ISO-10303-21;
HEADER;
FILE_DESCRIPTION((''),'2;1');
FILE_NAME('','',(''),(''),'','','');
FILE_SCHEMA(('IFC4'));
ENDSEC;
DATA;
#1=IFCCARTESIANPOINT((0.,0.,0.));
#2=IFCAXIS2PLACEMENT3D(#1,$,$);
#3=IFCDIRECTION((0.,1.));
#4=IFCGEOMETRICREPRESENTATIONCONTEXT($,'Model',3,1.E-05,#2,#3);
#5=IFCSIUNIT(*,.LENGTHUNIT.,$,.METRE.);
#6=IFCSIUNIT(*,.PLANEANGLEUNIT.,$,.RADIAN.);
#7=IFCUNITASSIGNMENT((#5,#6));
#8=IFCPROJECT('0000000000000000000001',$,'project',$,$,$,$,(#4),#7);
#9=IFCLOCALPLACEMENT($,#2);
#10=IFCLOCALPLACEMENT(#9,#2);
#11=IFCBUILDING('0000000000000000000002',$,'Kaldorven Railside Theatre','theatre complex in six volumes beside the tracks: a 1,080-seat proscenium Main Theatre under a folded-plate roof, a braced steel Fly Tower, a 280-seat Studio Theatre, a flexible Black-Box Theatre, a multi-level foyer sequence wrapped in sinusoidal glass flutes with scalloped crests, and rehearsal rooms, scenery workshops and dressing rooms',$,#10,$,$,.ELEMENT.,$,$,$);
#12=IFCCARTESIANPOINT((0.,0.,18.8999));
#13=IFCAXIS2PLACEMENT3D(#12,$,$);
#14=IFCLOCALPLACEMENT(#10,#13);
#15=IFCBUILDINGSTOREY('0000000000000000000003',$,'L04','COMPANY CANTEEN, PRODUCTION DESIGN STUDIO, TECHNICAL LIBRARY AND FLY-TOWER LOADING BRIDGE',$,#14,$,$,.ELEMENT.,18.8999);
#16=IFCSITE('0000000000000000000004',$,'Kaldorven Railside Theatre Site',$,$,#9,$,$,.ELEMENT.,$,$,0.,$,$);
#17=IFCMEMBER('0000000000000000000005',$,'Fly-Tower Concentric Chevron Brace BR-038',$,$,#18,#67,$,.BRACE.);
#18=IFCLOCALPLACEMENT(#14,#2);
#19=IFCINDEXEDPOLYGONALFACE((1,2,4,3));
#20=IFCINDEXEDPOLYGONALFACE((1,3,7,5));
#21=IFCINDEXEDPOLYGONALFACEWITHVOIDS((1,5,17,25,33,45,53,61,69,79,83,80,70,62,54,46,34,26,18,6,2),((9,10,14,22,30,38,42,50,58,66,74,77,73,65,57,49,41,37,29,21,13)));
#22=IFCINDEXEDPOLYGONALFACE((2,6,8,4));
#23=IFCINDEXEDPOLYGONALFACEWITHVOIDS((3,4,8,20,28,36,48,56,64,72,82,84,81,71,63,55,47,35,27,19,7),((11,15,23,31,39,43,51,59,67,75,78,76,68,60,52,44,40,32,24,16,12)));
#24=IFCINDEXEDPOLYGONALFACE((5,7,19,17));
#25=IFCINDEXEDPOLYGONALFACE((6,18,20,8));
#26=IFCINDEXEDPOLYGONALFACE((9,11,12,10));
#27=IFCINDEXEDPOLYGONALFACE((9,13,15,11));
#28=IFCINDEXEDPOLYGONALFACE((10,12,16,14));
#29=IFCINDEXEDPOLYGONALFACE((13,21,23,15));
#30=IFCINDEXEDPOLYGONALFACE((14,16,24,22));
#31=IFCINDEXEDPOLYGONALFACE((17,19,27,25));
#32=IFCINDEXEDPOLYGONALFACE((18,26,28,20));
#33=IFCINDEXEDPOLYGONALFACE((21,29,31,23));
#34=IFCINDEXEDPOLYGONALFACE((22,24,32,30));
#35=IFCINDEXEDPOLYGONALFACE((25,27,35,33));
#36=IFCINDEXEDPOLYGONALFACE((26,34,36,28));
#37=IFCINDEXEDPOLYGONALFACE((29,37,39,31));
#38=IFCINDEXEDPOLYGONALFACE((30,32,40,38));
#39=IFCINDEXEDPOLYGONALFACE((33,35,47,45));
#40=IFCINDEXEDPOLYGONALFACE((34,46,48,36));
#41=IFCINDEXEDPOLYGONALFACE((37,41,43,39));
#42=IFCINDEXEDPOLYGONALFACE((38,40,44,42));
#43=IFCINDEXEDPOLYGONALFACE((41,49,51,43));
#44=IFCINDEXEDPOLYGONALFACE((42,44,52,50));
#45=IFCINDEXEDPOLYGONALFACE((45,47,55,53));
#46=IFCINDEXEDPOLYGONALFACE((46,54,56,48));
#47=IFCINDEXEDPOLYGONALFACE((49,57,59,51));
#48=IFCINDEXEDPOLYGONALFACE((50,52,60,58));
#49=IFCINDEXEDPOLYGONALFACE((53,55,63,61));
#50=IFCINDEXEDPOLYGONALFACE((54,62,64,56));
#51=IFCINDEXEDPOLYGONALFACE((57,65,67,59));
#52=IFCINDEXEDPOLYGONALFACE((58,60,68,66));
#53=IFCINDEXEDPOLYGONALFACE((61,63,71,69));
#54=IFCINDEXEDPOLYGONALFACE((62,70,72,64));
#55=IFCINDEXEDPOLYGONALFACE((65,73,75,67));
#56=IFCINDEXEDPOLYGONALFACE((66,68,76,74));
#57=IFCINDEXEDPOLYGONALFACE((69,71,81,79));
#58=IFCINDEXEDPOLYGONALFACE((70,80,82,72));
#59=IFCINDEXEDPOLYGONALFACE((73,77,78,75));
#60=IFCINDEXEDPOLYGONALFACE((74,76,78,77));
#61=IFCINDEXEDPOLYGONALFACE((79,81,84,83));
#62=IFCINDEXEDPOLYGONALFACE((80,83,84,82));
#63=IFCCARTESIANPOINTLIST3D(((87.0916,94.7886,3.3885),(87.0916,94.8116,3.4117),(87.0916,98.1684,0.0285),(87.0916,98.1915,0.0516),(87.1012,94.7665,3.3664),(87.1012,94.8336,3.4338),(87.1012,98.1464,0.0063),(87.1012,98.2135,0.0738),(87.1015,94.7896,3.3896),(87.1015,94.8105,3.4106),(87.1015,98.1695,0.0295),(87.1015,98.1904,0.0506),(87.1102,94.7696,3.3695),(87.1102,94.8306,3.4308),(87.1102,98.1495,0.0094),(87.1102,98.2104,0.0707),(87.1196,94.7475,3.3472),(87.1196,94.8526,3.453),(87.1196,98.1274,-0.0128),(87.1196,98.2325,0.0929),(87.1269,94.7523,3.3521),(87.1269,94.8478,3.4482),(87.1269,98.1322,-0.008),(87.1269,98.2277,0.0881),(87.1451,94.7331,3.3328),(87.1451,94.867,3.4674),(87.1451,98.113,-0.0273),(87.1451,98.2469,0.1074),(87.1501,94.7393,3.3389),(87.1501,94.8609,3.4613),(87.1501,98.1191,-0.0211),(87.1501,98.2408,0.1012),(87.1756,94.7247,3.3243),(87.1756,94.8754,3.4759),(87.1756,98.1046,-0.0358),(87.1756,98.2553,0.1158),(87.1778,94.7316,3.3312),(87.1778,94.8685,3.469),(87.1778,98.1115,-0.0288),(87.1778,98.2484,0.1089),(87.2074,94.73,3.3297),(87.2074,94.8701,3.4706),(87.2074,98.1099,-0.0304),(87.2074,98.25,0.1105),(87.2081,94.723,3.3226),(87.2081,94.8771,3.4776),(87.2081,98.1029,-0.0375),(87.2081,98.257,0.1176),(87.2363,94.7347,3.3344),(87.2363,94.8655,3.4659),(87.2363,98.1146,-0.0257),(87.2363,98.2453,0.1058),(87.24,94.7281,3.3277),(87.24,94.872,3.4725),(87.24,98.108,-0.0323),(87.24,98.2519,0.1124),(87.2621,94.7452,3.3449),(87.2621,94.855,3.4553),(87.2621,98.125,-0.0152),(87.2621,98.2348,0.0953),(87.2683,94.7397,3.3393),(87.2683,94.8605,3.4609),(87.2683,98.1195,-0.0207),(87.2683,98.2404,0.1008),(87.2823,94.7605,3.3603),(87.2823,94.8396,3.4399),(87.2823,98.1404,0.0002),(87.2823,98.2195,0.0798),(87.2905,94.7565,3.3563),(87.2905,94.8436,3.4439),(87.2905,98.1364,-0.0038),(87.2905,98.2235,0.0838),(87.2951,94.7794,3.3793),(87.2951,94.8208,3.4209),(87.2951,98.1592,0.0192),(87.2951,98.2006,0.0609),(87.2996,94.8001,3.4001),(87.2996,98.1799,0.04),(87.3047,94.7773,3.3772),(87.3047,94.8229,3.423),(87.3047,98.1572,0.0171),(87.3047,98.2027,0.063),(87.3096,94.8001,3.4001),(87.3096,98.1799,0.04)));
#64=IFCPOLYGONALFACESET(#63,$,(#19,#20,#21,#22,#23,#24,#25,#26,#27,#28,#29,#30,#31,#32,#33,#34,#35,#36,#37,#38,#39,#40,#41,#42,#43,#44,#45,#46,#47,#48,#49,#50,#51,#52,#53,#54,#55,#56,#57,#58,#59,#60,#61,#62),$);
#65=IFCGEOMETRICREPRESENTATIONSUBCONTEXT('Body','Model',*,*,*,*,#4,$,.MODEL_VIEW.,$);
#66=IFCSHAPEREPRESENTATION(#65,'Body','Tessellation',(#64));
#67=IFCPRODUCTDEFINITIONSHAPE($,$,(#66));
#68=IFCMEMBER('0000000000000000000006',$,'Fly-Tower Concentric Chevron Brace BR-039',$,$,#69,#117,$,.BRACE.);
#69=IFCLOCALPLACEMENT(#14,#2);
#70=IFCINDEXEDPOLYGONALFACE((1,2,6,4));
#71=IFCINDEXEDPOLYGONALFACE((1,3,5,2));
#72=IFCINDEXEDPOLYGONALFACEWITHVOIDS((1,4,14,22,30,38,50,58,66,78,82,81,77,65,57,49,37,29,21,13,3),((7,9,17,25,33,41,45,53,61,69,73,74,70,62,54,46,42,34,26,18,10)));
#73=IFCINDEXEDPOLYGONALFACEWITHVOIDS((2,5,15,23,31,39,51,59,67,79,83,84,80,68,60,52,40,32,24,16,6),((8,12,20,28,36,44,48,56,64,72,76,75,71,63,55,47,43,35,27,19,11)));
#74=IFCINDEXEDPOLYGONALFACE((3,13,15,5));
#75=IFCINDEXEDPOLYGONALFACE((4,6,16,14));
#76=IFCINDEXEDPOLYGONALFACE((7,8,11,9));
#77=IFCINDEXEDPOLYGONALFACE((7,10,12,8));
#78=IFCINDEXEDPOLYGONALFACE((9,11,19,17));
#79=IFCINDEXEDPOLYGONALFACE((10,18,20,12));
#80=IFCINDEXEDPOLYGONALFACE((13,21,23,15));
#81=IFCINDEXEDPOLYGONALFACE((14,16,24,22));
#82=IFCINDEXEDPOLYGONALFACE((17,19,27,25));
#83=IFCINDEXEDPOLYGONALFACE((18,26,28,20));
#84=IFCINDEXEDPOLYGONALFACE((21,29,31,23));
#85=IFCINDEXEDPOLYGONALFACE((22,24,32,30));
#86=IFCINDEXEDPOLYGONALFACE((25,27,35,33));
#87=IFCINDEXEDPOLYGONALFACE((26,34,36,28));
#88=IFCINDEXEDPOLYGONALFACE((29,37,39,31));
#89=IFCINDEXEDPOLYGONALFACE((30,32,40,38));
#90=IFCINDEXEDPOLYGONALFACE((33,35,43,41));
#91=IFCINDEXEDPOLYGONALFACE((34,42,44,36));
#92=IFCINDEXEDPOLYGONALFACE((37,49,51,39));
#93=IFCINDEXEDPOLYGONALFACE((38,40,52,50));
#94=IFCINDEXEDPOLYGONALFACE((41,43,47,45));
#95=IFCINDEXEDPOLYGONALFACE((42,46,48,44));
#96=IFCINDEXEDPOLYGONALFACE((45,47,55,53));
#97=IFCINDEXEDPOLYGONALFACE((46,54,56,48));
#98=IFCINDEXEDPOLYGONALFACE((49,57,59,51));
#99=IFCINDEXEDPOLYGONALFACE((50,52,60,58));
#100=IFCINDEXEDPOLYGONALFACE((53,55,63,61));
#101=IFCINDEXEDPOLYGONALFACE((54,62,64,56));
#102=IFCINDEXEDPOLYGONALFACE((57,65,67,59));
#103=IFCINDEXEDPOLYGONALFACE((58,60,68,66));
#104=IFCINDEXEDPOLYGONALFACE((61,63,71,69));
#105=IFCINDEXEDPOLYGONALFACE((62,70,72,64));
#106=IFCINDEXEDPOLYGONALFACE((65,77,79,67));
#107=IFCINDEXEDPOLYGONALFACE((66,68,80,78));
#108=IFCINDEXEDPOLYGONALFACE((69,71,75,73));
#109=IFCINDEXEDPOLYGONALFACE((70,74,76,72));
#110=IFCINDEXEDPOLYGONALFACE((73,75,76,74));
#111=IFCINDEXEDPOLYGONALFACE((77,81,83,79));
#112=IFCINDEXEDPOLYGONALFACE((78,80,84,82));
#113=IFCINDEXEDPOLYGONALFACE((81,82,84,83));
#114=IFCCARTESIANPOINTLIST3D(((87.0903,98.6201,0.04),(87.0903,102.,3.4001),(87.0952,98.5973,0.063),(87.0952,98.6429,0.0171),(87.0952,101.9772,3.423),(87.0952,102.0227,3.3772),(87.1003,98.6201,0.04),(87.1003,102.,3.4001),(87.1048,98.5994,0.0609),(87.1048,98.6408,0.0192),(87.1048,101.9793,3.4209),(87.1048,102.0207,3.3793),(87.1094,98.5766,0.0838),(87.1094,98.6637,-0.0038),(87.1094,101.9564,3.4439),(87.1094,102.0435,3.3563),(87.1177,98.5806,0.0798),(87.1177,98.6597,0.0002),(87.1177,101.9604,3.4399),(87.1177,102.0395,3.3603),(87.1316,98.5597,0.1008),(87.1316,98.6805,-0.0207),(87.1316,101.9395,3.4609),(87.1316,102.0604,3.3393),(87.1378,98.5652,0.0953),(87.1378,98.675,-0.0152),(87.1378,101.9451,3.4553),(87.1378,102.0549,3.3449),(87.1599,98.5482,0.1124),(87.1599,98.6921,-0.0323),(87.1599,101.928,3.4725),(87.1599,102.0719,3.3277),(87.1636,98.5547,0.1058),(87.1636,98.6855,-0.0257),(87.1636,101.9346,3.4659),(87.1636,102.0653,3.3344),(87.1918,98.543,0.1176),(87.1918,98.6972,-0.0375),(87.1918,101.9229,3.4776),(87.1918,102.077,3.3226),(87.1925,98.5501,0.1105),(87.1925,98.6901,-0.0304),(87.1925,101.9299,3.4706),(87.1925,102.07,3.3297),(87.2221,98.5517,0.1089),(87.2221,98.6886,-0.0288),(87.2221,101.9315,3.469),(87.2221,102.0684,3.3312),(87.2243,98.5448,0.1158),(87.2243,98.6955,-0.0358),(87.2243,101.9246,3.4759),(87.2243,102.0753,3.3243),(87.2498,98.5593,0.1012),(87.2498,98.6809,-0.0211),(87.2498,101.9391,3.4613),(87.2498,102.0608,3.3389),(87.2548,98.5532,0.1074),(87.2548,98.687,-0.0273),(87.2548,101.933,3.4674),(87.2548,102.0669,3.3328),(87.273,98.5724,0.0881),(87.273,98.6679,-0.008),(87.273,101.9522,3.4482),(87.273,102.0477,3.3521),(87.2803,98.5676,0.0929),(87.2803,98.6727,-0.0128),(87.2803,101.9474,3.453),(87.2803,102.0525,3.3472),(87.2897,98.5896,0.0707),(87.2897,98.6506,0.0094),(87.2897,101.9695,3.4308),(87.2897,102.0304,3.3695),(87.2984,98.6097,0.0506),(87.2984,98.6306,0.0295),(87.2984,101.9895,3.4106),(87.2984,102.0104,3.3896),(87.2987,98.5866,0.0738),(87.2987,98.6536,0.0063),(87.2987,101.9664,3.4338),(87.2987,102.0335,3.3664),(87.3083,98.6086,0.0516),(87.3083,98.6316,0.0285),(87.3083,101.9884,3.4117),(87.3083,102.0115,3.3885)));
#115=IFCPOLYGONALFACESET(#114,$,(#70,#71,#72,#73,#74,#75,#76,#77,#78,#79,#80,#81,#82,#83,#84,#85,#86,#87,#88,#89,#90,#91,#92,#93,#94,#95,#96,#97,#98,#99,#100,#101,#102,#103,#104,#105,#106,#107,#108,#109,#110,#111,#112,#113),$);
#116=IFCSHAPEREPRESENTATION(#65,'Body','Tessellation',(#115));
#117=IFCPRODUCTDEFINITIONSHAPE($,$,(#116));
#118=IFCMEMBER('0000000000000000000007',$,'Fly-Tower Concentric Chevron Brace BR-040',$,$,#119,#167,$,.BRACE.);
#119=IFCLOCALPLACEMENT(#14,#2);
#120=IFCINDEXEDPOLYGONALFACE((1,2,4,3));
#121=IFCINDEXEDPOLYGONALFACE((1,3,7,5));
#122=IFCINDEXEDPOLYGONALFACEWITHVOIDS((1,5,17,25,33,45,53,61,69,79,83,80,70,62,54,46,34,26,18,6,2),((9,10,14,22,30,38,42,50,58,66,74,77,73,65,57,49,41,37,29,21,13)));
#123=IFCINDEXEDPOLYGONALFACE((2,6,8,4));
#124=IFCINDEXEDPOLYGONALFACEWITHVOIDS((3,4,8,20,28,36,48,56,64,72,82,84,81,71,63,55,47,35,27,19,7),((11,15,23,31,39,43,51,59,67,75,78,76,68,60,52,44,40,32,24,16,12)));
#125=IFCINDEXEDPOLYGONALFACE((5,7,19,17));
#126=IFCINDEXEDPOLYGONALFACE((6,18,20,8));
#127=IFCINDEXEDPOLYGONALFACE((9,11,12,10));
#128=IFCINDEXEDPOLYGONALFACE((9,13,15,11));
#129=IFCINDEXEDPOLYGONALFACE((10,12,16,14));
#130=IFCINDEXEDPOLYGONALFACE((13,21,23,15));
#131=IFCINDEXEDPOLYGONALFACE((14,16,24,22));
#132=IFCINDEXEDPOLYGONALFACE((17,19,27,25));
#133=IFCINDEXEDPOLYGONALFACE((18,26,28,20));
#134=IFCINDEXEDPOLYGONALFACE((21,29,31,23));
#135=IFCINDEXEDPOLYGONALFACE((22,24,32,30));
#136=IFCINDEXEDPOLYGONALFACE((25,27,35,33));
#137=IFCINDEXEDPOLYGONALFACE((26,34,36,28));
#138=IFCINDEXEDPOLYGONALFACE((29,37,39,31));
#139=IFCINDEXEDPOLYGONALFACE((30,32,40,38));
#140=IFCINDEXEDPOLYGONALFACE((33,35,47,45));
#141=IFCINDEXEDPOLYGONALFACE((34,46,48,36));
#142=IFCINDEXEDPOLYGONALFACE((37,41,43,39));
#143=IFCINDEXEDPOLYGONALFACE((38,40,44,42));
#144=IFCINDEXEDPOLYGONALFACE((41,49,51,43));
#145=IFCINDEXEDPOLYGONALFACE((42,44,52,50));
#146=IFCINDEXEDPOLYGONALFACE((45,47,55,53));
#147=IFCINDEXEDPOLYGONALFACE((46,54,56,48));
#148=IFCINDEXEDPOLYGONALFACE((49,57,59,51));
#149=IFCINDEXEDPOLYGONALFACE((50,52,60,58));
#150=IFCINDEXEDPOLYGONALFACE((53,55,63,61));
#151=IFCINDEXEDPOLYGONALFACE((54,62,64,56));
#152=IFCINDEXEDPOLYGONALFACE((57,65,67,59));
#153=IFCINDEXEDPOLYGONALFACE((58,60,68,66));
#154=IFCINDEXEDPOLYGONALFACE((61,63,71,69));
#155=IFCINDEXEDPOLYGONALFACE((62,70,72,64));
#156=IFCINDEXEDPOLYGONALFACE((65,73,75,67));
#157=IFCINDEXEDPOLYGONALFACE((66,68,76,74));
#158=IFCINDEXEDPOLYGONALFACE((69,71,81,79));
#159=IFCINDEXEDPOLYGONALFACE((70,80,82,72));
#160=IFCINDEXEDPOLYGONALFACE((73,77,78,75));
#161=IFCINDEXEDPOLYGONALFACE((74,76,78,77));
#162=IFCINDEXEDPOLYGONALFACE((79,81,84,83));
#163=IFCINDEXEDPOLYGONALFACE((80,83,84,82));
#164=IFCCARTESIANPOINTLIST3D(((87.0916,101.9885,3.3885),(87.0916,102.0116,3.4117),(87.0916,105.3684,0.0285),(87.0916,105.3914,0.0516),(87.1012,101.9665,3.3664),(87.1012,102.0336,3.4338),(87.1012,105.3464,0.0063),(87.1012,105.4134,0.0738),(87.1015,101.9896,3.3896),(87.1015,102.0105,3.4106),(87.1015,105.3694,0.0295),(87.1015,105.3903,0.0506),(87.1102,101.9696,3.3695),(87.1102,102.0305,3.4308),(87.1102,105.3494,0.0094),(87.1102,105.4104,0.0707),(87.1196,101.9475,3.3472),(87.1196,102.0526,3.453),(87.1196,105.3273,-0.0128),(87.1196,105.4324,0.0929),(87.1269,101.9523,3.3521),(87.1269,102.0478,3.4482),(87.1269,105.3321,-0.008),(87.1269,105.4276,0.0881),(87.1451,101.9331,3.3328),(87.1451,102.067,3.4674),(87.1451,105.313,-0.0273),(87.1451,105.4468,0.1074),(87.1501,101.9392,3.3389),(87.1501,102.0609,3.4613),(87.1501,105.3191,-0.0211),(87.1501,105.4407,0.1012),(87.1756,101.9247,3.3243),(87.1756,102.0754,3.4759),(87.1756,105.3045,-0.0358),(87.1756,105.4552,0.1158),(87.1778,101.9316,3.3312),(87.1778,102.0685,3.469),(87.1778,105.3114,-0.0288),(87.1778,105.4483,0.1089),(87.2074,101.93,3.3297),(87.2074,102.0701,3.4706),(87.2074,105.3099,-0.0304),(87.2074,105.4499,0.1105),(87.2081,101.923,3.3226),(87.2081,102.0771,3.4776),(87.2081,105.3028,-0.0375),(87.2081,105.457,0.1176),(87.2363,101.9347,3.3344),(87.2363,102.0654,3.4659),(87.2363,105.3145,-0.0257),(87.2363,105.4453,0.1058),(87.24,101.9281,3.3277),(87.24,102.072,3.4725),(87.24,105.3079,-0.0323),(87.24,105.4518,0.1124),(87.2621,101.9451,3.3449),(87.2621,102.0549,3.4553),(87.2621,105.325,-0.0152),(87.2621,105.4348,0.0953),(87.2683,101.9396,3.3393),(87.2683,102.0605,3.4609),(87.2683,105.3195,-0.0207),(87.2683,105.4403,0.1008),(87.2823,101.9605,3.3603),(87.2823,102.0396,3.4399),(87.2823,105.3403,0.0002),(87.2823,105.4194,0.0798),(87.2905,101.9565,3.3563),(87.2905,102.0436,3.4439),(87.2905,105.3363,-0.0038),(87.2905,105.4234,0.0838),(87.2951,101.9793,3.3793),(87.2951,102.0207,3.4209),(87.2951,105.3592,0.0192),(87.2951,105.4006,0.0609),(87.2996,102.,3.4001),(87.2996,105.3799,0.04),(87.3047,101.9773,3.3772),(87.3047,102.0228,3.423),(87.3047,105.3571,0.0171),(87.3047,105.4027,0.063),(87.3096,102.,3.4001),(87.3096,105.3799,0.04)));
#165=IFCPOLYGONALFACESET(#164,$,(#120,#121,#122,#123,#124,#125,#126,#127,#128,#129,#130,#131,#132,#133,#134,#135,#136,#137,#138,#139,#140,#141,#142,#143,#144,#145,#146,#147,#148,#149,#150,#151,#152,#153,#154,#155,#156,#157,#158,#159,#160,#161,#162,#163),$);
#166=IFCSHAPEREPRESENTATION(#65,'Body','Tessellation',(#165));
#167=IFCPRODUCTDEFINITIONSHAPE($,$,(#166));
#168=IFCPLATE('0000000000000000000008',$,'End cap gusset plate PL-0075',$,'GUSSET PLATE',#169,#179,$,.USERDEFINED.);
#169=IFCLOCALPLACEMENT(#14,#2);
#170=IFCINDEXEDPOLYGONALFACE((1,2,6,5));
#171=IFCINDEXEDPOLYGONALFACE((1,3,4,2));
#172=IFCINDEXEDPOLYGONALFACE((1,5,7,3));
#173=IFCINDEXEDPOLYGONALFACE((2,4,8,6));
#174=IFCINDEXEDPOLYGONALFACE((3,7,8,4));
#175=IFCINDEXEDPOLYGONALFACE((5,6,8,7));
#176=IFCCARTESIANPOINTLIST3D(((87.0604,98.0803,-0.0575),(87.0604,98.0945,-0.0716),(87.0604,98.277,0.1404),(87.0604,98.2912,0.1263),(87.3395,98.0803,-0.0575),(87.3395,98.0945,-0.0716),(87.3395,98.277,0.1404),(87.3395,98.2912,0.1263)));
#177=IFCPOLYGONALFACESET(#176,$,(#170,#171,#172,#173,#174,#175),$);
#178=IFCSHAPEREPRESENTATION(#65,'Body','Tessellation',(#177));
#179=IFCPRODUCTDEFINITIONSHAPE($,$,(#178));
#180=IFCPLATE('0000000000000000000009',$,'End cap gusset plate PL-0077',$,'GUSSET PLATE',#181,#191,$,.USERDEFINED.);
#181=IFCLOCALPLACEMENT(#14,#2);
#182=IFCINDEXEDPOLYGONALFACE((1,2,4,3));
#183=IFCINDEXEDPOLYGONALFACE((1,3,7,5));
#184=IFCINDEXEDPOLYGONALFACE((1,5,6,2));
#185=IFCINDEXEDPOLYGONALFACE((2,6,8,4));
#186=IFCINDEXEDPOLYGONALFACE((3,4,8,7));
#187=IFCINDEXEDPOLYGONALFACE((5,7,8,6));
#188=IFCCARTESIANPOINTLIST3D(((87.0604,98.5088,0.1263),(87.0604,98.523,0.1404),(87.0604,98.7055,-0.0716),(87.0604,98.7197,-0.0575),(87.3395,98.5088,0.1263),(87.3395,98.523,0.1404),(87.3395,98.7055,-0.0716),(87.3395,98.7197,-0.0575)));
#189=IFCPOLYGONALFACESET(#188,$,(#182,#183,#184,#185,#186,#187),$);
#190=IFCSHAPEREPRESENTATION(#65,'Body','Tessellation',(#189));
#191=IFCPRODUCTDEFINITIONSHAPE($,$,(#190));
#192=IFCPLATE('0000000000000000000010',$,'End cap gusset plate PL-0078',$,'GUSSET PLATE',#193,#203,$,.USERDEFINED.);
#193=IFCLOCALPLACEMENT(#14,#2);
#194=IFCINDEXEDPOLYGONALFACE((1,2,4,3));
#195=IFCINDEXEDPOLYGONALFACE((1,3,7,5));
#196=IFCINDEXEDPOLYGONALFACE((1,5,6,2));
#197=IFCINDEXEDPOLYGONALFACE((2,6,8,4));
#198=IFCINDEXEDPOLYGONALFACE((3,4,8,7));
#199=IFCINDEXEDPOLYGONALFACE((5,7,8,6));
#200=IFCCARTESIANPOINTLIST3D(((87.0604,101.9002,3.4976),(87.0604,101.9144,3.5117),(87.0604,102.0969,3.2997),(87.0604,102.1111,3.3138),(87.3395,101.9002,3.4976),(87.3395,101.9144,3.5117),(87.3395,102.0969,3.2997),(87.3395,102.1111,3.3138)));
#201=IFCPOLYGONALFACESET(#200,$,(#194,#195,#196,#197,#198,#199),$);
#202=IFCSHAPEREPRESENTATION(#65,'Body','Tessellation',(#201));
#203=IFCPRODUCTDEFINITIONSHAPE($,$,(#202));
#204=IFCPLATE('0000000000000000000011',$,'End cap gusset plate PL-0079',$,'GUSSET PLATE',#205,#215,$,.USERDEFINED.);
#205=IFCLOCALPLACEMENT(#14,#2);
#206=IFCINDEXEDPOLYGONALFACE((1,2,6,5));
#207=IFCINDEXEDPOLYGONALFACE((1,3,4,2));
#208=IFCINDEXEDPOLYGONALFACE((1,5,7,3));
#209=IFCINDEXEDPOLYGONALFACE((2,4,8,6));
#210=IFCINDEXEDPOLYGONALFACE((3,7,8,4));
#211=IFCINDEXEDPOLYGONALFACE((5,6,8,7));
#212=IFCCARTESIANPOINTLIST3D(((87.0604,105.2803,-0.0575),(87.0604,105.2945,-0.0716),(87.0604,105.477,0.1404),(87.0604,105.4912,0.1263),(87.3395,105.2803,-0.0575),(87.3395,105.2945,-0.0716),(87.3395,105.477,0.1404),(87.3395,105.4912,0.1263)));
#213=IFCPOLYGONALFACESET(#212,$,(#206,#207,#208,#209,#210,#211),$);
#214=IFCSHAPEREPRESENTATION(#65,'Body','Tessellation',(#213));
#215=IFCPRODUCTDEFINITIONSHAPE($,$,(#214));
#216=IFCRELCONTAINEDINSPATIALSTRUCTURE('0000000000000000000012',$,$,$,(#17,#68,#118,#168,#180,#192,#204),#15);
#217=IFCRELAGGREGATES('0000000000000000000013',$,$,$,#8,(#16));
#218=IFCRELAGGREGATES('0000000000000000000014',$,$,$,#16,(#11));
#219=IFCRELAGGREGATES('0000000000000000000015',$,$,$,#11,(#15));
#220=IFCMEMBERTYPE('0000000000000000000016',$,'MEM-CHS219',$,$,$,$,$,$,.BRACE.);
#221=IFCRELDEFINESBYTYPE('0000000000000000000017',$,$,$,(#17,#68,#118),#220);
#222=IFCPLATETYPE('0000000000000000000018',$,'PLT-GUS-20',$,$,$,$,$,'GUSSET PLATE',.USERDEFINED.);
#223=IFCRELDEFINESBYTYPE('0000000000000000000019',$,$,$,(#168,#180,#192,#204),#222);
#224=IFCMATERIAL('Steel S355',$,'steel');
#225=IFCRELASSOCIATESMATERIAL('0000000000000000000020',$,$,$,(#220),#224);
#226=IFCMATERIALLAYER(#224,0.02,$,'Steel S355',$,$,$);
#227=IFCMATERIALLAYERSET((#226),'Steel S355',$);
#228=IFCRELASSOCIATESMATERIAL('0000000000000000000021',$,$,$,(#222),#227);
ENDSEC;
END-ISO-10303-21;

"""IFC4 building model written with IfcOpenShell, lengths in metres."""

from ifc_helpers import new_model, si_unit, direction, frame, origin, origin_2d, place, context, subcontext, project, spatial, rectangle, hollow_circle, extrude, material, layer, layer_set, material_profile, profile_set, type_object, element, save


model = new_model("IFC4")

# Units and contexts
model_context = context("Model", 3, precision=1e-05, world=origin(), true_north=direction((0.0, 1.0)))
body_context = subcontext(model_context, "Body", "Model", "MODEL_VIEW")
ifc_project = project(units=[si_unit("LENGTHUNIT", "METRE"), si_unit("PLANEANGLEUNIT", "RADIAN")], contexts=[model_context])

# Site, building, storey
site_placement = place(None, origin())
site = spatial("IfcSite", under=ifc_project, at=site_placement, Name="Kaldorven Railside Theatre Site", CompositionType="ELEMENT", RefElevation=0.0)
building_placement = place(site_placement, origin())
building = spatial("IfcBuilding", under=site, at=building_placement, Name="Kaldorven Railside Theatre", Description="theatre complex in six volumes beside the tracks: a 1,080-seat proscenium Main Theatre under a folded-plate roof, a braced steel Fly Tower, a 280-seat Studio Theatre, a flexible Black-Box Theatre, a multi-level foyer sequence wrapped in sinusoidal glass flutes with scalloped crests, and rehearsal rooms, scenery workshops and dressing rooms", CompositionType="ELEMENT")
storey_placement = place(building_placement, frame((0.0, 0.0, 18.8999)))
storey = spatial("IfcBuildingStorey", under=building, at=storey_placement, Name="L04", Description="COMPANY CANTEEN, PRODUCTION DESIGN STUDIO, TECHNICAL LIBRARY AND FLY-TOWER LOADING BRIDGE", CompositionType="ELEMENT", Elevation=18.8999)

# Shared definitions
ifc_material_1 = material(Name="Steel S355", Category="steel")

# Members
ifc_material_profile_1 = material_profile(ifc_material_1, hollow_circle(Radius=0.1096, WallThickness=0.01, at=origin_2d()), Name="CHS 219.1x10")
ifc_profile_set_1 = profile_set([ifc_material_profile_1], Name="Steel S355")
member_type = type_object("IfcMemberType", Name="MEM-CHS219", PredefinedType="BRACE", material=ifc_profile_set_1)
for number, where, z_axis, x_axis, name in (
    (1, (87.2, 98.1799, 0.04), (0.0, -0.709178, 0.705029), (1.0, 0.0, 0.0), "Fly-Tower Concentric Chevron Brace BR-038"),
    (2, (87.2, 98.6201, 0.04), (0.0, 0.709178, 0.705029), (-1.0, 0.0, 0.0), "Fly-Tower Concentric Chevron Brace BR-039"),
    (3, (87.2, 105.3799, 0.04), (0.0, -0.709178, 0.705029), (1.0, 0.0, 0.0), "Fly-Tower Concentric Chevron Brace BR-040"),
):
    element("IfcMember", number, at=place(storey_placement, frame(where, z_axis=z_axis, x_axis=x_axis)), inside=storey, type_object=member_type, Name=name, PredefinedType="BRACE", context=body_context, shape_type="SweptSolid", body=[
        extrude(hollow_circle(Radius=0.1096, WallThickness=0.01, at=origin_2d()), origin(), (0.0, 0.0, 1.0), 4.7659),
    ])

# Plates
ifc_layer_1 = layer(ifc_material_1, 0.02, Name="Steel S355")
ifc_layer_set_1 = layer_set([ifc_layer_1], Name="Steel S355")
plate_type = type_object("IfcPlateType", Name="PLT-GUS-20", ElementType="GUSSET PLATE", PredefinedType="USERDEFINED", material=ifc_layer_set_1)
for number, where, z_axis, x_axis, name in (
    (4, (87.2, 98.1929, 0.0273), (0.0, -0.709202, 0.705006), (1.0, 0.0, 0.0), "End cap gusset plate PL-0075"),
    (5, (87.2, 98.6072, 0.0273), (0.0, 0.709202, 0.705006), (-1.0, 0.0, 0.0), "End cap gusset plate PL-0077"),
    (6, (87.2, 101.9985, 3.3987), (0.0, 0.709202, 0.705006), (-1.0, 0.0, 0.0), "End cap gusset plate PL-0078"),
    (7, (87.2, 105.3928, 0.0273), (0.0, -0.709202, 0.705006), (1.0, 0.0, 0.0), "End cap gusset plate PL-0079"),
):
    element("IfcPlate", number, at=place(storey_placement, frame(where, z_axis=z_axis, x_axis=x_axis)), inside=storey, type_object=plate_type, Name=name, ObjectType="GUSSET PLATE", PredefinedType="USERDEFINED", context=body_context, shape_type="SweptSolid", body=[
        extrude(rectangle(XDim=0.2791, YDim=0.2791, at=origin_2d()), origin(), (0.0, 0.0, 1.0), 0.02),
    ])

save(model, "model.ifc")
